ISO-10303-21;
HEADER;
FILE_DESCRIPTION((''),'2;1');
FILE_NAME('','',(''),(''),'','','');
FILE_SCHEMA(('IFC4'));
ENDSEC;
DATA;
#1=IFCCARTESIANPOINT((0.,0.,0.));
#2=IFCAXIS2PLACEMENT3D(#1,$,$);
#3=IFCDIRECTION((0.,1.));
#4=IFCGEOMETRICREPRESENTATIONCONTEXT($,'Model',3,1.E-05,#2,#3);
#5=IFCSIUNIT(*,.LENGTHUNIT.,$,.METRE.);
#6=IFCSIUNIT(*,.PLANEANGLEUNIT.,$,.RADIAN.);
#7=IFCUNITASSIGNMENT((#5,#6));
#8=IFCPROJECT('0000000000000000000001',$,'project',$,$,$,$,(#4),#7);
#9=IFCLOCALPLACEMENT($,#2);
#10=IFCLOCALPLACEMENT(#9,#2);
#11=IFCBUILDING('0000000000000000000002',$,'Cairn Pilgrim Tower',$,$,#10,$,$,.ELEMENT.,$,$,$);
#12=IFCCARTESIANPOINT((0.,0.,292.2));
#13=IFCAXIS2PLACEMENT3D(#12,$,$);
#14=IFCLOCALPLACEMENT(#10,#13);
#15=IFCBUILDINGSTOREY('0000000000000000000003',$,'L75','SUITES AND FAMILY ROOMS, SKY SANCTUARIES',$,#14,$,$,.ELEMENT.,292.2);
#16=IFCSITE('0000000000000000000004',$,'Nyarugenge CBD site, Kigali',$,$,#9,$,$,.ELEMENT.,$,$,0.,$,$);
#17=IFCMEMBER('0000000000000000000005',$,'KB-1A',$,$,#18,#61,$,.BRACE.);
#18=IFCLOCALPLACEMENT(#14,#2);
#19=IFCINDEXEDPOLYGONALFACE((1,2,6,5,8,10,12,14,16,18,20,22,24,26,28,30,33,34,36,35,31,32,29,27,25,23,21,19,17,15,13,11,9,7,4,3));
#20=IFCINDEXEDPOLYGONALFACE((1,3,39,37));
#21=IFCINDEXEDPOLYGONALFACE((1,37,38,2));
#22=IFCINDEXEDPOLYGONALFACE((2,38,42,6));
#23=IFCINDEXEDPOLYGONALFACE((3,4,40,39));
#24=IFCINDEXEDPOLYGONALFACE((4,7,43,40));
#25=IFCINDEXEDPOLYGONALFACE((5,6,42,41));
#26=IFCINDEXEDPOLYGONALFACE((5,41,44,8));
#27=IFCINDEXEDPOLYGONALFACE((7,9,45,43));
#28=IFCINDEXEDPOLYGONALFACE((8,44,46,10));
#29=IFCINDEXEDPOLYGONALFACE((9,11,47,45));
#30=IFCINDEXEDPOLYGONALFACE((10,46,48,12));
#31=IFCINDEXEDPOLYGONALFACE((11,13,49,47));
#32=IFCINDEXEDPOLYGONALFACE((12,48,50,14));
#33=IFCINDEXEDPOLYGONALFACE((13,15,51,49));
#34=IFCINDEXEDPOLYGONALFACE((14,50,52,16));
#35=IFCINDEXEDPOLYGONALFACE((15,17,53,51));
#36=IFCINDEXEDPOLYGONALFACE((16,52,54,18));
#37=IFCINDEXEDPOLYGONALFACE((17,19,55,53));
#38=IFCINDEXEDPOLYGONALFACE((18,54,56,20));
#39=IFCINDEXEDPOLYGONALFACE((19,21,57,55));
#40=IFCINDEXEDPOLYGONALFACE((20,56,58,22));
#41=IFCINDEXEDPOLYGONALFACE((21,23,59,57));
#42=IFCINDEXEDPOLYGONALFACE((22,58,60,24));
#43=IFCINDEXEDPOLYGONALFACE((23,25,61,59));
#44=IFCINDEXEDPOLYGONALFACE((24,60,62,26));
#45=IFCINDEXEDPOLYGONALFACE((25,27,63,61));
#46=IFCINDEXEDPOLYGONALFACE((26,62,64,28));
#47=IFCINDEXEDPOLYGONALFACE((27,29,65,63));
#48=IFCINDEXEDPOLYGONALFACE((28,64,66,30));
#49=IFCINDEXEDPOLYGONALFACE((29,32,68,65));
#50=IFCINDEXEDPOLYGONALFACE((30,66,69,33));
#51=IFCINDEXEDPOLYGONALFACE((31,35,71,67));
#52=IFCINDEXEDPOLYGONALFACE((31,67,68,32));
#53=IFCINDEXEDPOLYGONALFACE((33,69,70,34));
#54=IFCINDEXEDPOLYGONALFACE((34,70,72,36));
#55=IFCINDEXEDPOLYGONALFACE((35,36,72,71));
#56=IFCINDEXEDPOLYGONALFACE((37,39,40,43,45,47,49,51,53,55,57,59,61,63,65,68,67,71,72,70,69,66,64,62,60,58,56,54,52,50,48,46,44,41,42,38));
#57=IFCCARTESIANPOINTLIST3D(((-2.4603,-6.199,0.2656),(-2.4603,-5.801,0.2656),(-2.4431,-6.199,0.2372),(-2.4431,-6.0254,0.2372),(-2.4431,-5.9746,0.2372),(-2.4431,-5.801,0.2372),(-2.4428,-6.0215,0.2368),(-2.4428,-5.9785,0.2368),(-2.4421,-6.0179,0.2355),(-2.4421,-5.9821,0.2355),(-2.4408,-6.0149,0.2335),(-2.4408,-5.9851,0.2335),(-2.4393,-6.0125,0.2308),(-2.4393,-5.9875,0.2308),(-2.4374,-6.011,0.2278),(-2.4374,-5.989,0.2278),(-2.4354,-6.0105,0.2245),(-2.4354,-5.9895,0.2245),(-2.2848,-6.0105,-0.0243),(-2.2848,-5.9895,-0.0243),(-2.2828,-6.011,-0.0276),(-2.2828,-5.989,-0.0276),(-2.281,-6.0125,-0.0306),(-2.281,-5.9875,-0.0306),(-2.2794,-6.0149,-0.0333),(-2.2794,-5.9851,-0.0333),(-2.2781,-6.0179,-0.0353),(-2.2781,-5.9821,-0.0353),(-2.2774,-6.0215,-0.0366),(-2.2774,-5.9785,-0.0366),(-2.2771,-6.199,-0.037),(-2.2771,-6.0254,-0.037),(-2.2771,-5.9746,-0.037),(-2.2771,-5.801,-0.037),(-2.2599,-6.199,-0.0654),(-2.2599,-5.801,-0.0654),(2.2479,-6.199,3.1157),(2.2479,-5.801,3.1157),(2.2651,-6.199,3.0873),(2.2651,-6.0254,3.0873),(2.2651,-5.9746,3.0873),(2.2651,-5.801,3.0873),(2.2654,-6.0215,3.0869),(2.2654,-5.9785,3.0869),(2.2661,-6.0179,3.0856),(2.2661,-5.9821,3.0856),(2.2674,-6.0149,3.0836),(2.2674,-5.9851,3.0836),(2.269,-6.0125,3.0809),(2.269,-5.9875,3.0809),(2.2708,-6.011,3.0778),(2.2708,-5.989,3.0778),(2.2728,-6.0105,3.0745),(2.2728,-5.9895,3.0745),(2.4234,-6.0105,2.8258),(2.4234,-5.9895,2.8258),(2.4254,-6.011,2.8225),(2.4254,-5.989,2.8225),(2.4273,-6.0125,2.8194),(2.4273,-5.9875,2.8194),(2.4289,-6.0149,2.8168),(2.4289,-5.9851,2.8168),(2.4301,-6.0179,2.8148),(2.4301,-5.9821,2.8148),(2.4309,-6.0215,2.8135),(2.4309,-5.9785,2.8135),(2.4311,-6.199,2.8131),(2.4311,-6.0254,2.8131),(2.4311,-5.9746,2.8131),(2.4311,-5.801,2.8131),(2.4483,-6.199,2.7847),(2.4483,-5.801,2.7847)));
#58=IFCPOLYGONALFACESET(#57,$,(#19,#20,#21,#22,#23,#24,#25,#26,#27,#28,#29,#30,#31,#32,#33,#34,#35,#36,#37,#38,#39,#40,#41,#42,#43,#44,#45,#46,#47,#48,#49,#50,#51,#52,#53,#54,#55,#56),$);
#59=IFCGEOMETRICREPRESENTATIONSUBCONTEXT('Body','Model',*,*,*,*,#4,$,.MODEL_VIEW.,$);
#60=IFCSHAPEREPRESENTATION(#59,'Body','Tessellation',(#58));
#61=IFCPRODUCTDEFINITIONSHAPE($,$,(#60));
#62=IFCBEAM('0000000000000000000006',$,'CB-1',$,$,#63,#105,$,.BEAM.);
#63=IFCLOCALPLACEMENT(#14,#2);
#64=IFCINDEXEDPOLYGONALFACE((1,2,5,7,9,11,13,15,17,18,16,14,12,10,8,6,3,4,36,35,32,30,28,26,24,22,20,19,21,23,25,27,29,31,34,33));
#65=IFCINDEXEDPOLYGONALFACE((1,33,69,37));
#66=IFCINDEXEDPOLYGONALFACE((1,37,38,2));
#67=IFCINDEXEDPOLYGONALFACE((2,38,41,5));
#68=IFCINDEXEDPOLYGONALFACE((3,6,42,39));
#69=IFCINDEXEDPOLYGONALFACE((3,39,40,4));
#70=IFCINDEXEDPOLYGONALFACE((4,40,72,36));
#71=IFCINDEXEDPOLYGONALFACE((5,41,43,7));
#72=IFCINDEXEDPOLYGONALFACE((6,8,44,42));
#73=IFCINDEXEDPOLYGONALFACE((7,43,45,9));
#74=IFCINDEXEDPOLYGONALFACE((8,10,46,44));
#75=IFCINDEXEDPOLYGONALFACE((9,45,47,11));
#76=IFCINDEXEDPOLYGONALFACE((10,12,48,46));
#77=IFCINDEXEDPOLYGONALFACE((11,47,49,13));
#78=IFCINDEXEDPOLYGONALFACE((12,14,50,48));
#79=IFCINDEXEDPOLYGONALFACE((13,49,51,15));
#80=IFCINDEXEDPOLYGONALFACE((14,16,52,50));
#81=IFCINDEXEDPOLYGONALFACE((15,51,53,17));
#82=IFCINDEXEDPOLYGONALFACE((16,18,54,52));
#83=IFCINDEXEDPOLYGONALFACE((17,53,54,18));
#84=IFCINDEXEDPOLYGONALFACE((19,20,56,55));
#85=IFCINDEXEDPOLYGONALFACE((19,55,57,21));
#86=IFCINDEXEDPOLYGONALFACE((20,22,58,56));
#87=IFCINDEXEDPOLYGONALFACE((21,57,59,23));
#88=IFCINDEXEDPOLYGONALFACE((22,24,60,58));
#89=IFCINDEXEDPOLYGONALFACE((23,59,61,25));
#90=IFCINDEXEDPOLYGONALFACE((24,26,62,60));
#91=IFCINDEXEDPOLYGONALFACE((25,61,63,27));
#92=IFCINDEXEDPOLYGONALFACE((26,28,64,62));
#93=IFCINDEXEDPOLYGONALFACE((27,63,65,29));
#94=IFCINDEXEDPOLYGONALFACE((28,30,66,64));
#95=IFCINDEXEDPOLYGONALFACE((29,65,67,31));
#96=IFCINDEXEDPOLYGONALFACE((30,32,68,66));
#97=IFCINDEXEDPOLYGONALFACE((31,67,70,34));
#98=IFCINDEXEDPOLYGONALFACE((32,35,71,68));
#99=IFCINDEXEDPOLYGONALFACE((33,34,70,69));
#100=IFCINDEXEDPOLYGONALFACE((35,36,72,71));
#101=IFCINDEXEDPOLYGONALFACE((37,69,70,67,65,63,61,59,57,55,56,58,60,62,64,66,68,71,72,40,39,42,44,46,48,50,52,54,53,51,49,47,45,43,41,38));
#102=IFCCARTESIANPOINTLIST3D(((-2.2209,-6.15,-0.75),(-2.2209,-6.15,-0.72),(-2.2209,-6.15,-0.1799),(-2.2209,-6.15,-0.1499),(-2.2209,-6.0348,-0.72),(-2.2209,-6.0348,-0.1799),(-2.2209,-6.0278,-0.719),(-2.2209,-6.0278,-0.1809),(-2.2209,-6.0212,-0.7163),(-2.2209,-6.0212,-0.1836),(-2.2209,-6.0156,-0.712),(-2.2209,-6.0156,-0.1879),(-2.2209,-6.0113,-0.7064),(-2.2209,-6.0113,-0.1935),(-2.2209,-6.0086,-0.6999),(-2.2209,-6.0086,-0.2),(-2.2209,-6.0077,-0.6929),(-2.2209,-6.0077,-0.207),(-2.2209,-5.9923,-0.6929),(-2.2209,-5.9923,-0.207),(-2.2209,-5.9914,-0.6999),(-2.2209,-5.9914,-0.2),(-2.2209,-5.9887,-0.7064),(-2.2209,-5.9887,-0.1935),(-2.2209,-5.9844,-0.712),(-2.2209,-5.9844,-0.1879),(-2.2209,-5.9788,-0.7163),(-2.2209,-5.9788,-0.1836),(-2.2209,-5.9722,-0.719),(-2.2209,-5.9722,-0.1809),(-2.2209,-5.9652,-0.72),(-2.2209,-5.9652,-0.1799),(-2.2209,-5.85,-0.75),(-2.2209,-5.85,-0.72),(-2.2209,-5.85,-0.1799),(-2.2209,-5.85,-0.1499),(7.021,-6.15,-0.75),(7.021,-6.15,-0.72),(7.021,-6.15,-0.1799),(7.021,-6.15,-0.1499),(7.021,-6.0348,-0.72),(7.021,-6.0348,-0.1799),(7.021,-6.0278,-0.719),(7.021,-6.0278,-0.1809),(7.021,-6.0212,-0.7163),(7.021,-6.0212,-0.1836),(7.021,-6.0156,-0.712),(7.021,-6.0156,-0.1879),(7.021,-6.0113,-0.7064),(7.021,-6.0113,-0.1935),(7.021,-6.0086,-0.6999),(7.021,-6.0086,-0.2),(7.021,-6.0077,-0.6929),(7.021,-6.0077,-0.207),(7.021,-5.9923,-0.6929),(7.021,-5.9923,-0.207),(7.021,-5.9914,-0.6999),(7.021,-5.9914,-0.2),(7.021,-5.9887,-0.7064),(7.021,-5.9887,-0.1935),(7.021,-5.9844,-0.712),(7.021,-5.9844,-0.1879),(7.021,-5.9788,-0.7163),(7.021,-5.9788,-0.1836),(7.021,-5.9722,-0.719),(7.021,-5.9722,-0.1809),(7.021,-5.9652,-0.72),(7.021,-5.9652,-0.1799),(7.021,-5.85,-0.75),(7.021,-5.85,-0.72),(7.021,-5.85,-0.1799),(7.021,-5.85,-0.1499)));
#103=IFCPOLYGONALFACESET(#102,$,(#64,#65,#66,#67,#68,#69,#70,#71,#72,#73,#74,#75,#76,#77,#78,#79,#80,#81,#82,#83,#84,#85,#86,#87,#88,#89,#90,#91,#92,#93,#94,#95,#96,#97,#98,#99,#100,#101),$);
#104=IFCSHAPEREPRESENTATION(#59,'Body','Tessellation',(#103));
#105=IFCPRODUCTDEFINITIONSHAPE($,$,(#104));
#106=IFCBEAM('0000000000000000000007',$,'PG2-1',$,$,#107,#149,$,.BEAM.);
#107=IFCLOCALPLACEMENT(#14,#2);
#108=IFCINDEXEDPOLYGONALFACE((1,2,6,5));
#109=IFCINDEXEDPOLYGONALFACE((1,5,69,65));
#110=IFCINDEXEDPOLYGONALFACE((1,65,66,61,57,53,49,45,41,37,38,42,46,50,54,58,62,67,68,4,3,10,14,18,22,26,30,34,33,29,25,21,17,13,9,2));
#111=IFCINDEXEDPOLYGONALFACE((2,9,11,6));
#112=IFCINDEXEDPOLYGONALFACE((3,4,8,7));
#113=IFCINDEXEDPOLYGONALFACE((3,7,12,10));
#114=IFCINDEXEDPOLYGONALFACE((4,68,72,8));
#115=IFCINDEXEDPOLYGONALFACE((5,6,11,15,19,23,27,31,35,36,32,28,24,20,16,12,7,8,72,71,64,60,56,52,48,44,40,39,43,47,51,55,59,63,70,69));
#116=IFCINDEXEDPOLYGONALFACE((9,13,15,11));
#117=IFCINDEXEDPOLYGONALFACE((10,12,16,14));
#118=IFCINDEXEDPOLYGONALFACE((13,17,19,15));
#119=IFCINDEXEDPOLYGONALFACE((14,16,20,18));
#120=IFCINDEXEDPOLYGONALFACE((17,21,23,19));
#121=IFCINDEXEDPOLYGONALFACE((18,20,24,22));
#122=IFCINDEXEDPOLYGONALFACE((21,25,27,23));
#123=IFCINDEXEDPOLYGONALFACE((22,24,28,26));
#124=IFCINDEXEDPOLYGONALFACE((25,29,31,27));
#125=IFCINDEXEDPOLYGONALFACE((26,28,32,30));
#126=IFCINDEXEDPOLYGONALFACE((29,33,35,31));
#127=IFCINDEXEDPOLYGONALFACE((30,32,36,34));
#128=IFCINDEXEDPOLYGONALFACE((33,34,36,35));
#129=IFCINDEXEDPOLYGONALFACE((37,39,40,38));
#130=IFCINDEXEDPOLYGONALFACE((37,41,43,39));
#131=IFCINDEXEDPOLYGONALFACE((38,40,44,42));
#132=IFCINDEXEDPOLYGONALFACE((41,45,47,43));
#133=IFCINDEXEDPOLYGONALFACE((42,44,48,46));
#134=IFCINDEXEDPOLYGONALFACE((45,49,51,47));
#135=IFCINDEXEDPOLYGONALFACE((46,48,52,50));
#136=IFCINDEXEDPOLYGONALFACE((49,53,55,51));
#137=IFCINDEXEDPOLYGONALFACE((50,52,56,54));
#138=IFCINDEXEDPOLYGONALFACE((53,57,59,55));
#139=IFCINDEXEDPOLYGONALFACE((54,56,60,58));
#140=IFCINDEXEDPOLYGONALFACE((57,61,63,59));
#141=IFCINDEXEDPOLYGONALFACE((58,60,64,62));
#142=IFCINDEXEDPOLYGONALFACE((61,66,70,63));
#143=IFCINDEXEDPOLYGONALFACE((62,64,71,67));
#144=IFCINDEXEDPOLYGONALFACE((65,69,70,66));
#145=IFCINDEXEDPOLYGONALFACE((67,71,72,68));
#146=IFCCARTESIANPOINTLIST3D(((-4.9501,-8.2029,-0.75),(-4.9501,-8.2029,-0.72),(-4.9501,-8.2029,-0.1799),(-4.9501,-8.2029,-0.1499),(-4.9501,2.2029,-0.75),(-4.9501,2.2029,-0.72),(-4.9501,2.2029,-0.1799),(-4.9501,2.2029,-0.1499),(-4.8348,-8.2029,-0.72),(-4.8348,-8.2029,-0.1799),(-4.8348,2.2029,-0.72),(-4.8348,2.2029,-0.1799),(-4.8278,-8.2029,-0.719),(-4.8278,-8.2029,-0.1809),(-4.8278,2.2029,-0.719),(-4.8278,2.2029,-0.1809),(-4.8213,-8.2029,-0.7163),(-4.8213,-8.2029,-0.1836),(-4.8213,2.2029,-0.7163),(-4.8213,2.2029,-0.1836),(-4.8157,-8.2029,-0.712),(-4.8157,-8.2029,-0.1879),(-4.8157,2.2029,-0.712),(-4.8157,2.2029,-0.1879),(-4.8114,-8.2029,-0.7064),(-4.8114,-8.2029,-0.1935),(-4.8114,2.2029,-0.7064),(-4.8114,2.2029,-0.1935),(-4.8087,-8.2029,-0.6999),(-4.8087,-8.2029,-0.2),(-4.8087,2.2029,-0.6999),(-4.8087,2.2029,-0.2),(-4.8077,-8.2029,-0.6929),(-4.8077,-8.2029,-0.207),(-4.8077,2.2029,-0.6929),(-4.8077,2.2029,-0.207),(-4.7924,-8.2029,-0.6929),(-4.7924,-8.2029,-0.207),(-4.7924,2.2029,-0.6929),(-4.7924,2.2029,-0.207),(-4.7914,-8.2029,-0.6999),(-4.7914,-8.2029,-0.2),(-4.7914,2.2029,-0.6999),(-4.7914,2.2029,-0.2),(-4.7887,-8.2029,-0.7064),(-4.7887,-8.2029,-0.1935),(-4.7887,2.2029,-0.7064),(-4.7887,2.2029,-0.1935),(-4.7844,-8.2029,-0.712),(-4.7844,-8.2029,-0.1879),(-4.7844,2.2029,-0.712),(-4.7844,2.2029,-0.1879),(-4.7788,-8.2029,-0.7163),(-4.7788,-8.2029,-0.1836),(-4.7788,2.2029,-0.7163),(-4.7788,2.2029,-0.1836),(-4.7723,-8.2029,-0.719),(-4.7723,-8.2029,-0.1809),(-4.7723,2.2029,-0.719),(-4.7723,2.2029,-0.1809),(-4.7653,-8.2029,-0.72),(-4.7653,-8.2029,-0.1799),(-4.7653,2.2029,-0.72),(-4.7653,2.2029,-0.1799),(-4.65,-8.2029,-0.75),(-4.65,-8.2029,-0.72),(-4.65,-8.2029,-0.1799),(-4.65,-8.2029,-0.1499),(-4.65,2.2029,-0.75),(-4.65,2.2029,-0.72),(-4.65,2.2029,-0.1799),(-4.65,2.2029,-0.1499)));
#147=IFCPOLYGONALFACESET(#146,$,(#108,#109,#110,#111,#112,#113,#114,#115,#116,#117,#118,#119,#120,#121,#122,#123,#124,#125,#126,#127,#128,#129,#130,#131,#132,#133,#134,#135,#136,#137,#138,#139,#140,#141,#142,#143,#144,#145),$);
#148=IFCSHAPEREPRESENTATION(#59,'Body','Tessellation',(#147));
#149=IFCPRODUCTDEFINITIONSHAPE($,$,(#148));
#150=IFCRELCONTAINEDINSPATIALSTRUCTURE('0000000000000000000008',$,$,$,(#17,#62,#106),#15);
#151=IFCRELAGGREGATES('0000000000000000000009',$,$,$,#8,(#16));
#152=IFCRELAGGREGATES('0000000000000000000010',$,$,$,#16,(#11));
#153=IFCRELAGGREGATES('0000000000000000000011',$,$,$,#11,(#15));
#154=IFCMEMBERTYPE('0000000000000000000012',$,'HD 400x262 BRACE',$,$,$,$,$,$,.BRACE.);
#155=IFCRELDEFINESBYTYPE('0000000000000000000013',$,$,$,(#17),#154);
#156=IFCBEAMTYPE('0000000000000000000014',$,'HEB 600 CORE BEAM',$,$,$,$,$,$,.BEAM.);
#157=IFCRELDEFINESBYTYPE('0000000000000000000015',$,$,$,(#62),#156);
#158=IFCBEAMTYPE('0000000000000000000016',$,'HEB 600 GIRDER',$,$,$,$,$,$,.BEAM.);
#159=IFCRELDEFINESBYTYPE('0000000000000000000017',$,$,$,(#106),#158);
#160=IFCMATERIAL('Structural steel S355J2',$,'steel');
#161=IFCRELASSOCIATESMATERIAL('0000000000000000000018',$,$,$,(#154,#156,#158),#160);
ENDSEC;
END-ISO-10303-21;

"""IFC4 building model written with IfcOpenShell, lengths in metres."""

from ifc_helpers import new_model, si_unit, direction, frame, origin, origin_2d, place, context, subcontext, project, spatial, i_section, extrude, material, material_profile, profile_set, type_object, element, save


model = new_model("IFC4")

# Units and contexts
model_context = context("Model", 3, precision=1e-05, world=origin(), true_north=direction((0.0, 1.0)))
body_context = subcontext(model_context, "Body", "Model", "MODEL_VIEW")
ifc_project = project(units=[si_unit("LENGTHUNIT", "METRE"), si_unit("PLANEANGLEUNIT", "RADIAN")], contexts=[model_context])

# Site, building, storey
site_placement = place(None, origin())
site = spatial("IfcSite", under=ifc_project, at=site_placement, Name="Nyarugenge CBD site, Kigali", CompositionType="ELEMENT", RefElevation=0.0)
building_placement = place(site_placement, origin())
building = spatial("IfcBuilding", under=site, at=building_placement, Name="Cairn Pilgrim Tower", CompositionType="ELEMENT")
storey_placement = place(building_placement, frame((0.0, 0.0, 292.2)))
storey = spatial("IfcBuildingStorey", under=building, at=storey_placement, Name="L75", Description="SUITES AND FAMILY ROOMS, SKY SANCTUARIES", CompositionType="ELEMENT", Elevation=292.2)

# Shared definitions
ifc_material_1 = material(Name="Structural steel S355J2", Category="steel")

# Member
ifc_material_profile_1 = material_profile(ifc_material_1, i_section(OverallWidth=0.3979, OverallDepth=0.387, WebThickness=0.021, FlangeThickness=0.0332, FilletRadius=0.0149, at=origin_2d()), Name="HD 400x262")
ifc_profile_set_1 = profile_set([ifc_material_profile_1], Name="Structural steel S355J2")
member_type_1 = type_object("IfcMemberType", Name="HD 400x262 BRACE", PredefinedType="BRACE", material=ifc_profile_set_1)
member_1_placement = place(storey_placement, frame((-2.3601, -6.0, 0.1001), z_axis=(0.855471, 0.0, 0.517851), x_axis=(0.0, 1.0, 0.0)))
element("IfcMember", 1, at=member_1_placement, inside=storey, type_object=member_type_1, Name="KB-1A", PredefinedType="BRACE", context=body_context, shape_type="SweptSolid", body=[
    extrude(i_section(OverallWidth=0.3979, OverallDepth=0.387, WebThickness=0.021, FlangeThickness=0.0332, FilletRadius=0.0149, at=origin_2d()), origin(), (0.0, 0.0, 1.0), 5.5037),
])

# Beams
ifc_material_profile_2 = material_profile(ifc_material_1, i_section(OverallWidth=0.3, OverallDepth=0.6001, WebThickness=0.0154, FlangeThickness=0.03, FilletRadius=0.0271, at=origin_2d()), Name="HEB 600")
ifc_profile_set_2 = profile_set([ifc_material_profile_2], Name="Structural steel S355J2")
beam_type_1 = type_object("IfcBeamType", Name="HEB 600 CORE BEAM", PredefinedType="BEAM", material=ifc_profile_set_2)
beam_1_placement = place(storey_placement, frame((-2.2209, -6.0, -0.45), z_axis=(1.0, 0.0, 0.0), x_axis=(0.0, 1.0, 0.0)))
element("IfcBeam", 2, at=beam_1_placement, inside=storey, type_object=beam_type_1, Name="CB-1", PredefinedType="BEAM", context=body_context, shape_type="SweptSolid", body=[
    extrude(i_section(OverallWidth=0.3, OverallDepth=0.6001, WebThickness=0.0154, FlangeThickness=0.03, FilletRadius=0.0271, at=origin_2d()), origin(), (0.0, 0.0, 1.0), 9.2419),
])
ifc_material_profile_3 = material_profile(ifc_material_1, i_section(OverallWidth=0.3, OverallDepth=0.6001, WebThickness=0.0154, FlangeThickness=0.03, FilletRadius=0.0271, at=origin_2d()), Name="HEB 600")
ifc_profile_set_3 = profile_set([ifc_material_profile_3], Name="Structural steel S355J2")
beam_type_2 = type_object("IfcBeamType", Name="HEB 600 GIRDER", PredefinedType="BEAM", material=ifc_profile_set_3)
beam_2_placement = place(storey_placement, frame((-4.8, -8.2029, -0.45), z_axis=(0.0, 1.0, 0.0), x_axis=(-1.0, 0.0, 0.0)))
element("IfcBeam", 3, at=beam_2_placement, inside=storey, type_object=beam_type_2, Name="PG2-1", PredefinedType="BEAM", context=body_context, shape_type="SweptSolid", body=[
    extrude(i_section(OverallWidth=0.3, OverallDepth=0.6001, WebThickness=0.0154, FlangeThickness=0.03, FilletRadius=0.0271, at=origin_2d()), origin(), (0.0, 0.0, 1.0), 10.4058),
])

save(model, "model.ifc")
